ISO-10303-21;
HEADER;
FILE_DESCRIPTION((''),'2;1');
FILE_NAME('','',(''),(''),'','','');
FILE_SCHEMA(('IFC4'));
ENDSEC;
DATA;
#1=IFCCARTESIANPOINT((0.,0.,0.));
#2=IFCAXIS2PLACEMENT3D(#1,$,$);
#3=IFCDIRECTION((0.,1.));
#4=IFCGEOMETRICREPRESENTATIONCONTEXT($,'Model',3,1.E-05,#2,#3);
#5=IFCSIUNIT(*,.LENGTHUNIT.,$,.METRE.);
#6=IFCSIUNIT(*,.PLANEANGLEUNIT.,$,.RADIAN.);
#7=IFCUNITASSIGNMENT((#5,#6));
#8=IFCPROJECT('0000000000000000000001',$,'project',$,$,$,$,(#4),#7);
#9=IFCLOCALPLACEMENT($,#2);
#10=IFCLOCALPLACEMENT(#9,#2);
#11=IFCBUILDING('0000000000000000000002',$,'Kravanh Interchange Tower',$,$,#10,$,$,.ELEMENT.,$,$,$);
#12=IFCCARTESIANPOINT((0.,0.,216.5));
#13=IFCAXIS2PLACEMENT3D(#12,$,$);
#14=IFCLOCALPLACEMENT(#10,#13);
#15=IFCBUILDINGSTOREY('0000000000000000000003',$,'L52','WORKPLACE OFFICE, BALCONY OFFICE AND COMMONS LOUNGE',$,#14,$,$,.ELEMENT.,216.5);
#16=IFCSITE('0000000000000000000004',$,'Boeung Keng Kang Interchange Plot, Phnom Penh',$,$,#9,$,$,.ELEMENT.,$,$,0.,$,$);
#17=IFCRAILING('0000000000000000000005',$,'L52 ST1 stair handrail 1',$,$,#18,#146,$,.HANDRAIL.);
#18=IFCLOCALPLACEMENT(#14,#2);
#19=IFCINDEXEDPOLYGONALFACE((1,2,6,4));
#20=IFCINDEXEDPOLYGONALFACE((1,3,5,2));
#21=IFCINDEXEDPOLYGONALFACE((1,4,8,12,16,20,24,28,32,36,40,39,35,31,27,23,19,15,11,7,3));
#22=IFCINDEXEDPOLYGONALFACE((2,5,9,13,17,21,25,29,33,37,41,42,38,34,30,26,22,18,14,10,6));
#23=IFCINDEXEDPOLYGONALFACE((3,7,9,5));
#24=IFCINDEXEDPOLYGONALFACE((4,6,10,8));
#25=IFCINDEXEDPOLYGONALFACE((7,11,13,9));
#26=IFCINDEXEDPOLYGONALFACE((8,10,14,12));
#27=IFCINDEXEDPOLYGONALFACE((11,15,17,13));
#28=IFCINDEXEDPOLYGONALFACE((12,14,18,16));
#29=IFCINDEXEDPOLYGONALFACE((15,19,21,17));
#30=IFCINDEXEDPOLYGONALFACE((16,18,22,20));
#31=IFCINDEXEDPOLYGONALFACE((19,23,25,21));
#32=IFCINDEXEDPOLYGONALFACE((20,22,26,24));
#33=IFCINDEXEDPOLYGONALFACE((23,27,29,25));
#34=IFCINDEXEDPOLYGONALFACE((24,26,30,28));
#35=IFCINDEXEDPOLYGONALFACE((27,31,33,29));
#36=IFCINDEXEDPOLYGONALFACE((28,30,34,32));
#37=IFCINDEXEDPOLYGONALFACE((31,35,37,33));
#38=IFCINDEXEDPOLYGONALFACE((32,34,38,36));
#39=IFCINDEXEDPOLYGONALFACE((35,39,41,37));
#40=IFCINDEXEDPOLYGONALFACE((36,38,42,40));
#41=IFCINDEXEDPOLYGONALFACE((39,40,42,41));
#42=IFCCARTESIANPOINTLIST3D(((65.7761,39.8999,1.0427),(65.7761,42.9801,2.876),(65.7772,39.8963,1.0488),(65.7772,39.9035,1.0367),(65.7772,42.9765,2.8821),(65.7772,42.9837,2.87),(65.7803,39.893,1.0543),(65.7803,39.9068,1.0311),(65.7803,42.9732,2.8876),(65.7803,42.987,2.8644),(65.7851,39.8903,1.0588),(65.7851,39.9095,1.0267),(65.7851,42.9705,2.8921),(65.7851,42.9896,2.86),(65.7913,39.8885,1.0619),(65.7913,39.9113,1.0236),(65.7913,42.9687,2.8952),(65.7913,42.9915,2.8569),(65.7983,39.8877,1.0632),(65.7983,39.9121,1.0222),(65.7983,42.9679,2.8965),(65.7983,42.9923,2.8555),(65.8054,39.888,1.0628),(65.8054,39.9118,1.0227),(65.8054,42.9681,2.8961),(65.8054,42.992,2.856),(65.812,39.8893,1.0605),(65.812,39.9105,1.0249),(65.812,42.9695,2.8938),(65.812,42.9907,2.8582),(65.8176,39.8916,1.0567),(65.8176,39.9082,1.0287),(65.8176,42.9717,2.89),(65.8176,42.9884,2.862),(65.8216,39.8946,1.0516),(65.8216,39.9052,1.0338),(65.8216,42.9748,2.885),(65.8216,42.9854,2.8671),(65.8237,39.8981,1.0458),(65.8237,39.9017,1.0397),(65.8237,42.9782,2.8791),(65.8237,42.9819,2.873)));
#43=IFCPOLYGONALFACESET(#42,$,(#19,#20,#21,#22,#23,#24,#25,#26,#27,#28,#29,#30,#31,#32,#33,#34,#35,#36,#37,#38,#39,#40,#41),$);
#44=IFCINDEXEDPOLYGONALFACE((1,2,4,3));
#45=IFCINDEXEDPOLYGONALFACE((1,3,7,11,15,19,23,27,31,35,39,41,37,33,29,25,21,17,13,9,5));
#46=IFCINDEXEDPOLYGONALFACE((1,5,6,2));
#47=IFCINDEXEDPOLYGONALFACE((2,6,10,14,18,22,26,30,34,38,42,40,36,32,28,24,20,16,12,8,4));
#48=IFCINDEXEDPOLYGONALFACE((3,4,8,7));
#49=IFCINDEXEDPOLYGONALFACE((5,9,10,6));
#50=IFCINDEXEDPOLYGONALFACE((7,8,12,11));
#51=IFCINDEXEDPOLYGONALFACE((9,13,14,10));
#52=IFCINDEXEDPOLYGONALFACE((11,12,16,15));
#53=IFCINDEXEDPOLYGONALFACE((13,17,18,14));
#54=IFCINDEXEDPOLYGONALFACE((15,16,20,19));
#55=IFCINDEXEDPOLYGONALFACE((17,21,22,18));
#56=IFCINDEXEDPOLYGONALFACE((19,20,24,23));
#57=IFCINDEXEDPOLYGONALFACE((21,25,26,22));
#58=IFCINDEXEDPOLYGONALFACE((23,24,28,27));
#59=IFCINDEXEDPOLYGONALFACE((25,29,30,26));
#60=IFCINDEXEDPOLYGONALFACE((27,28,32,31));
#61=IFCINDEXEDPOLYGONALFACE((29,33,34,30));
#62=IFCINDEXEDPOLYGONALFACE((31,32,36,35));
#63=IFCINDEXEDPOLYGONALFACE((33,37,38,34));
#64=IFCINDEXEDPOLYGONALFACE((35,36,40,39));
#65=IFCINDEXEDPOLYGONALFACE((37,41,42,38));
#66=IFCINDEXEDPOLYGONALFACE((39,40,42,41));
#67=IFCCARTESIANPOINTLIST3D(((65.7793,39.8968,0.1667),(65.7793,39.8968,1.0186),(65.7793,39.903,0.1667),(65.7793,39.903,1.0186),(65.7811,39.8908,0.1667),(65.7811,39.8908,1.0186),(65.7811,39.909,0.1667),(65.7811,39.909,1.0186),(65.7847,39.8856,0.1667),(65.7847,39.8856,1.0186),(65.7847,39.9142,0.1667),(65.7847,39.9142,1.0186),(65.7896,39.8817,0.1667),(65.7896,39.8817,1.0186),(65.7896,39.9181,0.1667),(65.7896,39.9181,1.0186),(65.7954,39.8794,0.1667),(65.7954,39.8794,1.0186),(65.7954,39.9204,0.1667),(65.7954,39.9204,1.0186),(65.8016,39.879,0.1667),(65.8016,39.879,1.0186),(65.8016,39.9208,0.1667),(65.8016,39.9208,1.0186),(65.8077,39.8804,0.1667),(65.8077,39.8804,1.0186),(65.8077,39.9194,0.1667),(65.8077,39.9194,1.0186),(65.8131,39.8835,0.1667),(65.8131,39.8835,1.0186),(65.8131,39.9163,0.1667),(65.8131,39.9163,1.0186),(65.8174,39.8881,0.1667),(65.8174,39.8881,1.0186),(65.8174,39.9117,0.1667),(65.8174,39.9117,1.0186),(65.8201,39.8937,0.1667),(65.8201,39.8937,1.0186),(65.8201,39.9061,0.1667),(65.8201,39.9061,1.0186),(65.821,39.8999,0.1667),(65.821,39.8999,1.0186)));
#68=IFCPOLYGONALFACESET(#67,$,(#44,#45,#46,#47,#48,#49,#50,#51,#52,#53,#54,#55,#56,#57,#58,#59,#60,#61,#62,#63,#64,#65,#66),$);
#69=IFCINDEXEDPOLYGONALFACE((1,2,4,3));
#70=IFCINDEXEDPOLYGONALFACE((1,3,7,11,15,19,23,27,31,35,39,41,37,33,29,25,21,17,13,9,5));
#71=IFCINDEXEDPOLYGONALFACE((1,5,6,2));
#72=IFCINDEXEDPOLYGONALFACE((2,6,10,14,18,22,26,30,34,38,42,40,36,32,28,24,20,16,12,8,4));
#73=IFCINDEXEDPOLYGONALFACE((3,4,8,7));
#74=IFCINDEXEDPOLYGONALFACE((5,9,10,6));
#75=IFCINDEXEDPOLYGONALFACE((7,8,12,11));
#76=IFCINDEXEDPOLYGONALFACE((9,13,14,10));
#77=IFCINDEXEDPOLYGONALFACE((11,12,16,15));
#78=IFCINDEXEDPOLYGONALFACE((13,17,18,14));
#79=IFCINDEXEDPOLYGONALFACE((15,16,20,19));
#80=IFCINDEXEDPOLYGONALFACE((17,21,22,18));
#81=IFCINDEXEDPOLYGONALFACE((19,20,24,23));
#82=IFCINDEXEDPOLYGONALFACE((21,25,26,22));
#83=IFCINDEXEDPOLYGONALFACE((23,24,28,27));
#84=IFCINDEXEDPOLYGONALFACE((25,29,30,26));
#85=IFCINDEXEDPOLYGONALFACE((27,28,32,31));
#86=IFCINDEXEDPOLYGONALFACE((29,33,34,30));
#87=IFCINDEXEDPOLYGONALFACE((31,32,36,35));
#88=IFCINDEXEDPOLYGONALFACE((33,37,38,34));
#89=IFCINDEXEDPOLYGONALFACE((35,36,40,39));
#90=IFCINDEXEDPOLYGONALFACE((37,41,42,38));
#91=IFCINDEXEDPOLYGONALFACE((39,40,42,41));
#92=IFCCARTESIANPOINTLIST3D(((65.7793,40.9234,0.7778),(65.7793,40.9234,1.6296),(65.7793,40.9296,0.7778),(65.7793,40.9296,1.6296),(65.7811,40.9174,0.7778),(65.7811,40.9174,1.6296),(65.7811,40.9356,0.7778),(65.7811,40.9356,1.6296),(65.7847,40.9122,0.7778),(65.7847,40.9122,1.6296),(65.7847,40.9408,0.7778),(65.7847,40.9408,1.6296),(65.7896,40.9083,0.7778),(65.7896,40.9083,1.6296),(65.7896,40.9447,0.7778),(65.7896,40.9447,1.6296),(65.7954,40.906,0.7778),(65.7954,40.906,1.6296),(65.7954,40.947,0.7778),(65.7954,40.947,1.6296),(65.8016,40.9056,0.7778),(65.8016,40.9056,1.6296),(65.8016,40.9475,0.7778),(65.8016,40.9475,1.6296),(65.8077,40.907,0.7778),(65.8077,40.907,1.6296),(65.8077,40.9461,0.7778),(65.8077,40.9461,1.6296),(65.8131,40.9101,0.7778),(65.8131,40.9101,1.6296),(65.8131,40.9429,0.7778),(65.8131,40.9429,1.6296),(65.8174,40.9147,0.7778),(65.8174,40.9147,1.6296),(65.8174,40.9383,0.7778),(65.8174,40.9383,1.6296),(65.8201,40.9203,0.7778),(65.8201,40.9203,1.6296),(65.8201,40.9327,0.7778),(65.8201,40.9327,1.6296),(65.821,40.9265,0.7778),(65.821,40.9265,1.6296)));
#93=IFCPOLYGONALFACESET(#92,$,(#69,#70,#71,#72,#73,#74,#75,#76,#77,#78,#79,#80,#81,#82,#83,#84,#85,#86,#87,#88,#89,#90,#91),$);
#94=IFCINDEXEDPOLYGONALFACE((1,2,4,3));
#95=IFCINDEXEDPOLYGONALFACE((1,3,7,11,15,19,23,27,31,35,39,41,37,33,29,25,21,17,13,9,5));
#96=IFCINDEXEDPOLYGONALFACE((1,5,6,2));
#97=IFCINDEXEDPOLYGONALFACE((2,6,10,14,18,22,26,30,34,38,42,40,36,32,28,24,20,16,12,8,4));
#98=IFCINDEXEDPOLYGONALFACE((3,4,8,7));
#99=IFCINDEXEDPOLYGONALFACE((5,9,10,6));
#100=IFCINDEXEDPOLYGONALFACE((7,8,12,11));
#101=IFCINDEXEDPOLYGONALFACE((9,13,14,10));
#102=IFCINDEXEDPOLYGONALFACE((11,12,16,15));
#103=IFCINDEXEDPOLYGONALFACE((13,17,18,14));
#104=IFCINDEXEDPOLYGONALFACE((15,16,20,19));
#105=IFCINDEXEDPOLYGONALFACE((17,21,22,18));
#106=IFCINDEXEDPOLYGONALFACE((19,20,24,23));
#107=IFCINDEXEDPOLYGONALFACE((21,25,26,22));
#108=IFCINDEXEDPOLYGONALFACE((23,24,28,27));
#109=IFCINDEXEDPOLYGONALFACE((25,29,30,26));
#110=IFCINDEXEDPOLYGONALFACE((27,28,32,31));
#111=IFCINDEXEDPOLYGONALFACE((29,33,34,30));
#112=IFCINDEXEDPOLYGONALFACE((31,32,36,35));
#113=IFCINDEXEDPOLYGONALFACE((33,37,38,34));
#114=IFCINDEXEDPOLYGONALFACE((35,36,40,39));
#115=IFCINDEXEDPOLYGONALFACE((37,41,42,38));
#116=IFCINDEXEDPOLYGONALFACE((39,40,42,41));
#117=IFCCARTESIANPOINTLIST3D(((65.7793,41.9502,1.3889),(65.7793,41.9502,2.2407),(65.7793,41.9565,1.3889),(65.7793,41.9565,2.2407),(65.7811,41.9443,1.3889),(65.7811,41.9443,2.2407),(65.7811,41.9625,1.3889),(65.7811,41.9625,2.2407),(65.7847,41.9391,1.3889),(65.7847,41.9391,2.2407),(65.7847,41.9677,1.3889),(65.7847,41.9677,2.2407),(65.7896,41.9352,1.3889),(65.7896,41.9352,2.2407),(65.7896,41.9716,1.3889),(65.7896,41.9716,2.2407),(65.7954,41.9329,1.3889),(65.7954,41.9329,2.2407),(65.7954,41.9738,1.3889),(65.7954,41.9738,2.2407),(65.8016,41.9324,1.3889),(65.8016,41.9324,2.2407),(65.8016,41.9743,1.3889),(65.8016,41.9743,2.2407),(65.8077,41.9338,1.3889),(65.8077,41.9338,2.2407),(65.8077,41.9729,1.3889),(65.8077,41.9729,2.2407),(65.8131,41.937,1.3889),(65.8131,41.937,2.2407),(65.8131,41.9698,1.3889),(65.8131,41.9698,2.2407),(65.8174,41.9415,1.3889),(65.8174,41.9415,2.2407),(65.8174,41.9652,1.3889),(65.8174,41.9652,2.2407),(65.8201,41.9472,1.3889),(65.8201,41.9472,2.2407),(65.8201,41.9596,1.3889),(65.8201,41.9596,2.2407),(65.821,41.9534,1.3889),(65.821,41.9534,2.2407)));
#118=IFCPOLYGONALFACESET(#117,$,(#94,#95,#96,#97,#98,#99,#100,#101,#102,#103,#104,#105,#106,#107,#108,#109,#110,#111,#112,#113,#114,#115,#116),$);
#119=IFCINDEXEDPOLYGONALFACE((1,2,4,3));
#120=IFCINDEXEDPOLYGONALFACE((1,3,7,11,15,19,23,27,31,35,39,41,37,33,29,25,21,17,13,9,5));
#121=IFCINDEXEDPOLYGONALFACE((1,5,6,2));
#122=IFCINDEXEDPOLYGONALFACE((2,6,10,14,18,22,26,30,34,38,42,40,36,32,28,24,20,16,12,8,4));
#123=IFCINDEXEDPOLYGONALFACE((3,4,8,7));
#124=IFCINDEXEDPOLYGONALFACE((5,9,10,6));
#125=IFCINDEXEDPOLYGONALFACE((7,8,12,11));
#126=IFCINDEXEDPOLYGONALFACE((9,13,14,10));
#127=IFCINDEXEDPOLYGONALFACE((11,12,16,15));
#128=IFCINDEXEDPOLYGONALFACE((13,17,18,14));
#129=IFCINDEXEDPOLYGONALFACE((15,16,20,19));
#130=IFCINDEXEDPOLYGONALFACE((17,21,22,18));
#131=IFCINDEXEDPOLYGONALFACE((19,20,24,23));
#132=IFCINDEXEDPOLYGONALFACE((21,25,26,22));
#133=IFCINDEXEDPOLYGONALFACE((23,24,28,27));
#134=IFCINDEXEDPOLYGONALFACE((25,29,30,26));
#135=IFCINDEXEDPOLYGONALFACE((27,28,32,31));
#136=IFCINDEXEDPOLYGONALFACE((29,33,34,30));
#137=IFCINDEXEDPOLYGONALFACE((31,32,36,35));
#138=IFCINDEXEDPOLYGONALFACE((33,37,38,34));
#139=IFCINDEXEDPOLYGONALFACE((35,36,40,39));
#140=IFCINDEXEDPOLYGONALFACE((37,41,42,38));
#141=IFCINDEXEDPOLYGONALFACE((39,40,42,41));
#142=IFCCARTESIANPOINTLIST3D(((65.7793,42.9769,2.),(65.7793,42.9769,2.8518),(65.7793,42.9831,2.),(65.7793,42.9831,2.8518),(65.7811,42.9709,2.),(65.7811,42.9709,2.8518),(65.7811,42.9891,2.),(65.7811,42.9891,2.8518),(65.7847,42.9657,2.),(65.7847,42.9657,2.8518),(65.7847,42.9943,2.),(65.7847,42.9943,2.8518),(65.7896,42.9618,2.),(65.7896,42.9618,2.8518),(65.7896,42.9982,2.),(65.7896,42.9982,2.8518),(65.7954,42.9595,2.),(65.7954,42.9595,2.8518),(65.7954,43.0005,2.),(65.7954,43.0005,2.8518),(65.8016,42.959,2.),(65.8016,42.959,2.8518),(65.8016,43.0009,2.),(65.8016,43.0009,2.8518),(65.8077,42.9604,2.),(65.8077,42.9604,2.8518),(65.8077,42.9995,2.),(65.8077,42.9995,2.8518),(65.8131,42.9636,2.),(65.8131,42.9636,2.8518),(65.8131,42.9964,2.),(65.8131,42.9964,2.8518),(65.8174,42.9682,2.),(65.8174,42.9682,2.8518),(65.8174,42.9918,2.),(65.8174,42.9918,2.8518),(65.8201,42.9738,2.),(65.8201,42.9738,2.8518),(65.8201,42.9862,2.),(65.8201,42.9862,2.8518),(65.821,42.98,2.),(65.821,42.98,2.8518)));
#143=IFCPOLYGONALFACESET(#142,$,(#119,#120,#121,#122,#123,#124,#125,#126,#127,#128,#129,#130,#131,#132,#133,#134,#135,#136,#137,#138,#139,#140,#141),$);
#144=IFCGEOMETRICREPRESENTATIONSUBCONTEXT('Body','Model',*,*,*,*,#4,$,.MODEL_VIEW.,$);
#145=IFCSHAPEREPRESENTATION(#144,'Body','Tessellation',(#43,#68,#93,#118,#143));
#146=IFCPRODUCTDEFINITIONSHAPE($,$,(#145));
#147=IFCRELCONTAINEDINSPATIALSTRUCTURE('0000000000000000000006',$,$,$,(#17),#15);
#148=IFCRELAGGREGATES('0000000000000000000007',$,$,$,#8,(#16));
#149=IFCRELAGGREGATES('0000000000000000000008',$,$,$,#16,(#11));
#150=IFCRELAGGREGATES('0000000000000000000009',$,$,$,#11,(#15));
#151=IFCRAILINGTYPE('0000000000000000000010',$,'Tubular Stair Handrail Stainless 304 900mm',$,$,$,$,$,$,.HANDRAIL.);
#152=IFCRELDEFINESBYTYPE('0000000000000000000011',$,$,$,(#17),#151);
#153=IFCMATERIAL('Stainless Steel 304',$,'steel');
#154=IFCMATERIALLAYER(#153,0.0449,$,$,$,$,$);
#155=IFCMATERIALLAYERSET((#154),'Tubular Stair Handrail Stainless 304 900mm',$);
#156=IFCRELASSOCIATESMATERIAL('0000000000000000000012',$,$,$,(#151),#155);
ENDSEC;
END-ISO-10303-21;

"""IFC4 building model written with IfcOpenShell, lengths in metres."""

from ifc_helpers import new_model, si_unit, direction, frame, origin, origin_2d, place, context, subcontext, project, spatial, circle, extrude, material, layer, layer_set, type_object, element, save


model = new_model("IFC4")

# Units and contexts
model_context = context("Model", 3, precision=1e-05, world=origin(), true_north=direction((0.0, 1.0)))
body_context = subcontext(model_context, "Body", "Model", "MODEL_VIEW")
ifc_project = project(units=[si_unit("LENGTHUNIT", "METRE"), si_unit("PLANEANGLEUNIT", "RADIAN")], contexts=[model_context])

# Site, building, storey
site_placement = place(None, origin())
site = spatial("IfcSite", under=ifc_project, at=site_placement, Name="Boeung Keng Kang Interchange Plot, Phnom Penh", CompositionType="ELEMENT", RefElevation=0.0)
building_placement = place(site_placement, origin())
building = spatial("IfcBuilding", under=site, at=building_placement, Name="Kravanh Interchange Tower", CompositionType="ELEMENT")
storey_placement = place(building_placement, frame((0.0, 0.0, 216.5)))
storey = spatial("IfcBuildingStorey", under=building, at=storey_placement, Name="L52", Description="WORKPLACE OFFICE, BALCONY OFFICE AND COMMONS LOUNGE", CompositionType="ELEMENT", Elevation=216.5)

# Railing
ifc_material_1 = material(Name="Stainless Steel 304", Category="steel")
ifc_layer_1 = layer(ifc_material_1, 0.0449)
ifc_layer_set_1 = layer_set([ifc_layer_1], Name="Tubular Stair Handrail Stainless 304 900mm")
railing_type_1 = type_object("IfcRailingType", Name="Tubular Stair Handrail Stainless 304 900mm", PredefinedType="HANDRAIL", material=ifc_layer_set_1)
railing_1_placement = place(storey_placement, frame((65.8, 39.8999, 0.1667)))
element("IfcRailing", 1, at=railing_1_placement, inside=storey, type_object=railing_type_1, Name="L52 ST1 stair handrail 1", PredefinedType="HANDRAIL", context=body_context, shape_type="SweptSolid", body=[
    extrude(circle(Radius=0.0239, at=origin_2d()), frame((0.0, 0.0, 0.876), z_axis=(0.0, 0.859309, 0.511458), x_axis=(-1.0, 0.0, 0.0)), (0.0, 0.0, 1.0), 3.5845),
    extrude(circle(Radius=0.021, at=origin_2d()), origin(), (0.0, 0.0, 1.0), 0.8518),
    extrude(circle(Radius=0.021, at=origin_2d()), frame((0.0, 1.0266, 0.6111)), (0.0, 0.0, 1.0), 0.8518),
    extrude(circle(Radius=0.021, at=origin_2d()), frame((0.0, 2.0535, 1.2222)), (0.0, 0.0, 1.0), 0.8518),
    extrude(circle(Radius=0.021, at=origin_2d()), frame((0.0, 3.0801, 1.8333)), (0.0, 0.0, 1.0), 0.8518),
])

save(model, "model.ifc")
